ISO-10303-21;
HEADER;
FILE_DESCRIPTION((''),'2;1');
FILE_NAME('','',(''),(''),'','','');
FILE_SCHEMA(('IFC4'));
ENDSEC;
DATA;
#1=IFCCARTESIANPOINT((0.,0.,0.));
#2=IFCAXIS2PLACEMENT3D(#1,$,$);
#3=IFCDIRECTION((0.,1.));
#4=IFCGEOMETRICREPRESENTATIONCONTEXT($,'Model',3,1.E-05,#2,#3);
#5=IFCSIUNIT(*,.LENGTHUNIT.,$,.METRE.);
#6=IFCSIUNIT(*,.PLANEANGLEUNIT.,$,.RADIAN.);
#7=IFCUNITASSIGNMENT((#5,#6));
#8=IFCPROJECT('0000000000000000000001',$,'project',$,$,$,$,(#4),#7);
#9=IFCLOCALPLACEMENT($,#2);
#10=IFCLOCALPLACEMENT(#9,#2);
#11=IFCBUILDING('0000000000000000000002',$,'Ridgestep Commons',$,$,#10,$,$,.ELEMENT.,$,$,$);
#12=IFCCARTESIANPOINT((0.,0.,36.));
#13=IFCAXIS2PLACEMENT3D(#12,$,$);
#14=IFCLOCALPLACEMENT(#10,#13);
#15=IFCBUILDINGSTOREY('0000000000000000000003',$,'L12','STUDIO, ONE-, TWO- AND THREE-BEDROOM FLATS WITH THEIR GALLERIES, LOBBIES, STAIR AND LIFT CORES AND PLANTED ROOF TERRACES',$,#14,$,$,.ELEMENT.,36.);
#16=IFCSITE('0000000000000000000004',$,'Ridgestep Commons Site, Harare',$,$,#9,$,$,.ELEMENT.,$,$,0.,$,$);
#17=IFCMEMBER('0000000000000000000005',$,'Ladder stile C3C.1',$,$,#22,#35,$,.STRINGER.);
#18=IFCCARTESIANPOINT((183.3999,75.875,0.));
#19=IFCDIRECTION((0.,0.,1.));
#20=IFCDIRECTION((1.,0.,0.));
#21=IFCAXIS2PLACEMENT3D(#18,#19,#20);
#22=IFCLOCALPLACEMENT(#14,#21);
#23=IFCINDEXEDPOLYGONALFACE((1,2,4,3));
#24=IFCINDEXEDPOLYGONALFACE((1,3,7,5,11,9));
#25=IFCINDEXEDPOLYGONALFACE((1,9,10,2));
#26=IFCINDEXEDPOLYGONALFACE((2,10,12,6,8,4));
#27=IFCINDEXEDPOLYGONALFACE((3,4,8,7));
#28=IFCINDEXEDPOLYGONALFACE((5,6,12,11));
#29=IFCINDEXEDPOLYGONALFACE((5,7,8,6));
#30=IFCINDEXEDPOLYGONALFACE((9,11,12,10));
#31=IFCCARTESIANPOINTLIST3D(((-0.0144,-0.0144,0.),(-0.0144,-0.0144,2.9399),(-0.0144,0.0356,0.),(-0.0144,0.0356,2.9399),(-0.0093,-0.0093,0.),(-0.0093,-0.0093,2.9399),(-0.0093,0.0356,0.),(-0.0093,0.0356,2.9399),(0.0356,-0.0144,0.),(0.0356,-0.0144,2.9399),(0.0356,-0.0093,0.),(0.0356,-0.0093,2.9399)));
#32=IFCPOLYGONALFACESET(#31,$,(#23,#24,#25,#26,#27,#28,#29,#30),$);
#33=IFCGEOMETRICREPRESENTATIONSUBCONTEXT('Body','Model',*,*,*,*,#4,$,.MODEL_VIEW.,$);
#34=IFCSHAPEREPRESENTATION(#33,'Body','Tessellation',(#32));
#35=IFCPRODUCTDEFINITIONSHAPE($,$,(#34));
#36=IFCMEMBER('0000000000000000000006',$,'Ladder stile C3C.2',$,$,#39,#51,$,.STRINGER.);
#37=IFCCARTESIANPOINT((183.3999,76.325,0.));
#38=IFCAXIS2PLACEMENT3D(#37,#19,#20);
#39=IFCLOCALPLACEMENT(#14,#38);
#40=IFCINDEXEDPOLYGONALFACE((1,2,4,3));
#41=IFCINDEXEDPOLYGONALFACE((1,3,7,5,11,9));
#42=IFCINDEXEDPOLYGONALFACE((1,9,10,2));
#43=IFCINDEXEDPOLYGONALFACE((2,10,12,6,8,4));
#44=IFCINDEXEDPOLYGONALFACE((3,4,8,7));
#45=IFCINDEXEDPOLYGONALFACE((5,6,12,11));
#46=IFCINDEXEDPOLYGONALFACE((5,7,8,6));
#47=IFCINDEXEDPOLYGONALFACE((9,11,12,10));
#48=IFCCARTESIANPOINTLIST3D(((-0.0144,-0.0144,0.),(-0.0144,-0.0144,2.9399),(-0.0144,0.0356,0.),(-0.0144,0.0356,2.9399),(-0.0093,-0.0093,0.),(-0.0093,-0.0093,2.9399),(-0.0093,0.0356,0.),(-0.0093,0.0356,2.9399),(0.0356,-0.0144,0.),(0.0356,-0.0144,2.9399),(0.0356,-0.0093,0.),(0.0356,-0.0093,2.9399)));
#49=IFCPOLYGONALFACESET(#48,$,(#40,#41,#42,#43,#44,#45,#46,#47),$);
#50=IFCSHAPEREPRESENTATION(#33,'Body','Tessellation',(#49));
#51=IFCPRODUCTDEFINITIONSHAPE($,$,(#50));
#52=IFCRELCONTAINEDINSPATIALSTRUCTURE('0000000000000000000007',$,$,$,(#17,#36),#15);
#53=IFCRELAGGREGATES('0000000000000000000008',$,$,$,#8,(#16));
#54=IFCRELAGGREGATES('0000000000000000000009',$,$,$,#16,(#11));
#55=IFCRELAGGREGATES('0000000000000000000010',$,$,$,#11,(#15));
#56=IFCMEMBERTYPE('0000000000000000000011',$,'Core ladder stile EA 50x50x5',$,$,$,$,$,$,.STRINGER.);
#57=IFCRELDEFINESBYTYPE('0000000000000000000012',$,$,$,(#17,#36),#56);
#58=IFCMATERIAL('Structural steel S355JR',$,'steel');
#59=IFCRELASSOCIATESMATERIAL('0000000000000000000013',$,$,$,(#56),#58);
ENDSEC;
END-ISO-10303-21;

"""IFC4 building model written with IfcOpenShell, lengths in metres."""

from ifc_helpers import new_model, si_unit, direction, frame, origin, place, context, subcontext, project, spatial, polyline, outline, extrude, material, material_profile, profile_set, type_object, element, save


model = new_model("IFC4")

# Units and contexts
model_context = context("Model", 3, precision=1e-05, world=origin(), true_north=direction((0.0, 1.0)))
body_context = subcontext(model_context, "Body", "Model", "MODEL_VIEW")
ifc_project = project(units=[si_unit("LENGTHUNIT", "METRE"), si_unit("PLANEANGLEUNIT", "RADIAN")], contexts=[model_context])

# Site, building, storey
site_placement = place(None, origin())
site = spatial("IfcSite", under=ifc_project, at=site_placement, Name="Ridgestep Commons Site, Harare", CompositionType="ELEMENT", RefElevation=0.0)
building_placement = place(site_placement, origin())
building = spatial("IfcBuilding", under=site, at=building_placement, Name="Ridgestep Commons", CompositionType="ELEMENT")
storey_placement = place(building_placement, frame((0.0, 0.0, 36.0)))
storey = spatial("IfcBuildingStorey", under=building, at=storey_placement, Name="L12", Description="STUDIO, ONE-, TWO- AND THREE-BEDROOM FLATS WITH THEIR GALLERIES, LOBBIES, STAIR AND LIFT CORES AND PLANTED ROOF TERRACES", CompositionType="ELEMENT", Elevation=36.0)

# Members
ifc_material_1 = material(Name="Structural steel S355JR", Category="steel")
ifc_material_profile_1 = material_profile(ifc_material_1, outline(polyline([(-0.0144, -0.0144), (0.0356, -0.0144), (0.0356, -0.0093), (-0.0093, -0.0093), (-0.0093, 0.0356), (-0.0144, 0.0356), (-0.0144, -0.0144)])), Name="EA 50x50x5")
ifc_profile_set_1 = profile_set([ifc_material_profile_1], Name="Structural steel S355JR")
member_type_1 = type_object("IfcMemberType", Name="Core ladder stile EA 50x50x5", PredefinedType="STRINGER", material=ifc_profile_set_1)
for number, where, z_axis, x_axis, name in (
    (1, (183.3999, 75.875, 0.0), (0.0, 0.0, 1.0), (1.0, 0.0, 0.0), "Ladder stile C3C.1"),
    (2, (183.3999, 76.325, 0.0), (0.0, 0.0, 1.0), (1.0, 0.0, 0.0), "Ladder stile C3C.2"),
):
    element("IfcMember", number, at=place(storey_placement, frame(where, z_axis=z_axis, x_axis=x_axis)), inside=storey, type_object=member_type_1, Name=name, PredefinedType="STRINGER", context=body_context, shape_type="SweptSolid", body=[
        extrude(outline(polyline([(-0.0144, -0.0144), (0.0356, -0.0144), (0.0356, -0.0093), (-0.0093, -0.0093), (-0.0093, 0.0356), (-0.0144, 0.0356), (-0.0144, -0.0144)])), origin(), (0.0, 0.0, 1.0), 2.9399),
    ])

save(model, "model.ifc")
